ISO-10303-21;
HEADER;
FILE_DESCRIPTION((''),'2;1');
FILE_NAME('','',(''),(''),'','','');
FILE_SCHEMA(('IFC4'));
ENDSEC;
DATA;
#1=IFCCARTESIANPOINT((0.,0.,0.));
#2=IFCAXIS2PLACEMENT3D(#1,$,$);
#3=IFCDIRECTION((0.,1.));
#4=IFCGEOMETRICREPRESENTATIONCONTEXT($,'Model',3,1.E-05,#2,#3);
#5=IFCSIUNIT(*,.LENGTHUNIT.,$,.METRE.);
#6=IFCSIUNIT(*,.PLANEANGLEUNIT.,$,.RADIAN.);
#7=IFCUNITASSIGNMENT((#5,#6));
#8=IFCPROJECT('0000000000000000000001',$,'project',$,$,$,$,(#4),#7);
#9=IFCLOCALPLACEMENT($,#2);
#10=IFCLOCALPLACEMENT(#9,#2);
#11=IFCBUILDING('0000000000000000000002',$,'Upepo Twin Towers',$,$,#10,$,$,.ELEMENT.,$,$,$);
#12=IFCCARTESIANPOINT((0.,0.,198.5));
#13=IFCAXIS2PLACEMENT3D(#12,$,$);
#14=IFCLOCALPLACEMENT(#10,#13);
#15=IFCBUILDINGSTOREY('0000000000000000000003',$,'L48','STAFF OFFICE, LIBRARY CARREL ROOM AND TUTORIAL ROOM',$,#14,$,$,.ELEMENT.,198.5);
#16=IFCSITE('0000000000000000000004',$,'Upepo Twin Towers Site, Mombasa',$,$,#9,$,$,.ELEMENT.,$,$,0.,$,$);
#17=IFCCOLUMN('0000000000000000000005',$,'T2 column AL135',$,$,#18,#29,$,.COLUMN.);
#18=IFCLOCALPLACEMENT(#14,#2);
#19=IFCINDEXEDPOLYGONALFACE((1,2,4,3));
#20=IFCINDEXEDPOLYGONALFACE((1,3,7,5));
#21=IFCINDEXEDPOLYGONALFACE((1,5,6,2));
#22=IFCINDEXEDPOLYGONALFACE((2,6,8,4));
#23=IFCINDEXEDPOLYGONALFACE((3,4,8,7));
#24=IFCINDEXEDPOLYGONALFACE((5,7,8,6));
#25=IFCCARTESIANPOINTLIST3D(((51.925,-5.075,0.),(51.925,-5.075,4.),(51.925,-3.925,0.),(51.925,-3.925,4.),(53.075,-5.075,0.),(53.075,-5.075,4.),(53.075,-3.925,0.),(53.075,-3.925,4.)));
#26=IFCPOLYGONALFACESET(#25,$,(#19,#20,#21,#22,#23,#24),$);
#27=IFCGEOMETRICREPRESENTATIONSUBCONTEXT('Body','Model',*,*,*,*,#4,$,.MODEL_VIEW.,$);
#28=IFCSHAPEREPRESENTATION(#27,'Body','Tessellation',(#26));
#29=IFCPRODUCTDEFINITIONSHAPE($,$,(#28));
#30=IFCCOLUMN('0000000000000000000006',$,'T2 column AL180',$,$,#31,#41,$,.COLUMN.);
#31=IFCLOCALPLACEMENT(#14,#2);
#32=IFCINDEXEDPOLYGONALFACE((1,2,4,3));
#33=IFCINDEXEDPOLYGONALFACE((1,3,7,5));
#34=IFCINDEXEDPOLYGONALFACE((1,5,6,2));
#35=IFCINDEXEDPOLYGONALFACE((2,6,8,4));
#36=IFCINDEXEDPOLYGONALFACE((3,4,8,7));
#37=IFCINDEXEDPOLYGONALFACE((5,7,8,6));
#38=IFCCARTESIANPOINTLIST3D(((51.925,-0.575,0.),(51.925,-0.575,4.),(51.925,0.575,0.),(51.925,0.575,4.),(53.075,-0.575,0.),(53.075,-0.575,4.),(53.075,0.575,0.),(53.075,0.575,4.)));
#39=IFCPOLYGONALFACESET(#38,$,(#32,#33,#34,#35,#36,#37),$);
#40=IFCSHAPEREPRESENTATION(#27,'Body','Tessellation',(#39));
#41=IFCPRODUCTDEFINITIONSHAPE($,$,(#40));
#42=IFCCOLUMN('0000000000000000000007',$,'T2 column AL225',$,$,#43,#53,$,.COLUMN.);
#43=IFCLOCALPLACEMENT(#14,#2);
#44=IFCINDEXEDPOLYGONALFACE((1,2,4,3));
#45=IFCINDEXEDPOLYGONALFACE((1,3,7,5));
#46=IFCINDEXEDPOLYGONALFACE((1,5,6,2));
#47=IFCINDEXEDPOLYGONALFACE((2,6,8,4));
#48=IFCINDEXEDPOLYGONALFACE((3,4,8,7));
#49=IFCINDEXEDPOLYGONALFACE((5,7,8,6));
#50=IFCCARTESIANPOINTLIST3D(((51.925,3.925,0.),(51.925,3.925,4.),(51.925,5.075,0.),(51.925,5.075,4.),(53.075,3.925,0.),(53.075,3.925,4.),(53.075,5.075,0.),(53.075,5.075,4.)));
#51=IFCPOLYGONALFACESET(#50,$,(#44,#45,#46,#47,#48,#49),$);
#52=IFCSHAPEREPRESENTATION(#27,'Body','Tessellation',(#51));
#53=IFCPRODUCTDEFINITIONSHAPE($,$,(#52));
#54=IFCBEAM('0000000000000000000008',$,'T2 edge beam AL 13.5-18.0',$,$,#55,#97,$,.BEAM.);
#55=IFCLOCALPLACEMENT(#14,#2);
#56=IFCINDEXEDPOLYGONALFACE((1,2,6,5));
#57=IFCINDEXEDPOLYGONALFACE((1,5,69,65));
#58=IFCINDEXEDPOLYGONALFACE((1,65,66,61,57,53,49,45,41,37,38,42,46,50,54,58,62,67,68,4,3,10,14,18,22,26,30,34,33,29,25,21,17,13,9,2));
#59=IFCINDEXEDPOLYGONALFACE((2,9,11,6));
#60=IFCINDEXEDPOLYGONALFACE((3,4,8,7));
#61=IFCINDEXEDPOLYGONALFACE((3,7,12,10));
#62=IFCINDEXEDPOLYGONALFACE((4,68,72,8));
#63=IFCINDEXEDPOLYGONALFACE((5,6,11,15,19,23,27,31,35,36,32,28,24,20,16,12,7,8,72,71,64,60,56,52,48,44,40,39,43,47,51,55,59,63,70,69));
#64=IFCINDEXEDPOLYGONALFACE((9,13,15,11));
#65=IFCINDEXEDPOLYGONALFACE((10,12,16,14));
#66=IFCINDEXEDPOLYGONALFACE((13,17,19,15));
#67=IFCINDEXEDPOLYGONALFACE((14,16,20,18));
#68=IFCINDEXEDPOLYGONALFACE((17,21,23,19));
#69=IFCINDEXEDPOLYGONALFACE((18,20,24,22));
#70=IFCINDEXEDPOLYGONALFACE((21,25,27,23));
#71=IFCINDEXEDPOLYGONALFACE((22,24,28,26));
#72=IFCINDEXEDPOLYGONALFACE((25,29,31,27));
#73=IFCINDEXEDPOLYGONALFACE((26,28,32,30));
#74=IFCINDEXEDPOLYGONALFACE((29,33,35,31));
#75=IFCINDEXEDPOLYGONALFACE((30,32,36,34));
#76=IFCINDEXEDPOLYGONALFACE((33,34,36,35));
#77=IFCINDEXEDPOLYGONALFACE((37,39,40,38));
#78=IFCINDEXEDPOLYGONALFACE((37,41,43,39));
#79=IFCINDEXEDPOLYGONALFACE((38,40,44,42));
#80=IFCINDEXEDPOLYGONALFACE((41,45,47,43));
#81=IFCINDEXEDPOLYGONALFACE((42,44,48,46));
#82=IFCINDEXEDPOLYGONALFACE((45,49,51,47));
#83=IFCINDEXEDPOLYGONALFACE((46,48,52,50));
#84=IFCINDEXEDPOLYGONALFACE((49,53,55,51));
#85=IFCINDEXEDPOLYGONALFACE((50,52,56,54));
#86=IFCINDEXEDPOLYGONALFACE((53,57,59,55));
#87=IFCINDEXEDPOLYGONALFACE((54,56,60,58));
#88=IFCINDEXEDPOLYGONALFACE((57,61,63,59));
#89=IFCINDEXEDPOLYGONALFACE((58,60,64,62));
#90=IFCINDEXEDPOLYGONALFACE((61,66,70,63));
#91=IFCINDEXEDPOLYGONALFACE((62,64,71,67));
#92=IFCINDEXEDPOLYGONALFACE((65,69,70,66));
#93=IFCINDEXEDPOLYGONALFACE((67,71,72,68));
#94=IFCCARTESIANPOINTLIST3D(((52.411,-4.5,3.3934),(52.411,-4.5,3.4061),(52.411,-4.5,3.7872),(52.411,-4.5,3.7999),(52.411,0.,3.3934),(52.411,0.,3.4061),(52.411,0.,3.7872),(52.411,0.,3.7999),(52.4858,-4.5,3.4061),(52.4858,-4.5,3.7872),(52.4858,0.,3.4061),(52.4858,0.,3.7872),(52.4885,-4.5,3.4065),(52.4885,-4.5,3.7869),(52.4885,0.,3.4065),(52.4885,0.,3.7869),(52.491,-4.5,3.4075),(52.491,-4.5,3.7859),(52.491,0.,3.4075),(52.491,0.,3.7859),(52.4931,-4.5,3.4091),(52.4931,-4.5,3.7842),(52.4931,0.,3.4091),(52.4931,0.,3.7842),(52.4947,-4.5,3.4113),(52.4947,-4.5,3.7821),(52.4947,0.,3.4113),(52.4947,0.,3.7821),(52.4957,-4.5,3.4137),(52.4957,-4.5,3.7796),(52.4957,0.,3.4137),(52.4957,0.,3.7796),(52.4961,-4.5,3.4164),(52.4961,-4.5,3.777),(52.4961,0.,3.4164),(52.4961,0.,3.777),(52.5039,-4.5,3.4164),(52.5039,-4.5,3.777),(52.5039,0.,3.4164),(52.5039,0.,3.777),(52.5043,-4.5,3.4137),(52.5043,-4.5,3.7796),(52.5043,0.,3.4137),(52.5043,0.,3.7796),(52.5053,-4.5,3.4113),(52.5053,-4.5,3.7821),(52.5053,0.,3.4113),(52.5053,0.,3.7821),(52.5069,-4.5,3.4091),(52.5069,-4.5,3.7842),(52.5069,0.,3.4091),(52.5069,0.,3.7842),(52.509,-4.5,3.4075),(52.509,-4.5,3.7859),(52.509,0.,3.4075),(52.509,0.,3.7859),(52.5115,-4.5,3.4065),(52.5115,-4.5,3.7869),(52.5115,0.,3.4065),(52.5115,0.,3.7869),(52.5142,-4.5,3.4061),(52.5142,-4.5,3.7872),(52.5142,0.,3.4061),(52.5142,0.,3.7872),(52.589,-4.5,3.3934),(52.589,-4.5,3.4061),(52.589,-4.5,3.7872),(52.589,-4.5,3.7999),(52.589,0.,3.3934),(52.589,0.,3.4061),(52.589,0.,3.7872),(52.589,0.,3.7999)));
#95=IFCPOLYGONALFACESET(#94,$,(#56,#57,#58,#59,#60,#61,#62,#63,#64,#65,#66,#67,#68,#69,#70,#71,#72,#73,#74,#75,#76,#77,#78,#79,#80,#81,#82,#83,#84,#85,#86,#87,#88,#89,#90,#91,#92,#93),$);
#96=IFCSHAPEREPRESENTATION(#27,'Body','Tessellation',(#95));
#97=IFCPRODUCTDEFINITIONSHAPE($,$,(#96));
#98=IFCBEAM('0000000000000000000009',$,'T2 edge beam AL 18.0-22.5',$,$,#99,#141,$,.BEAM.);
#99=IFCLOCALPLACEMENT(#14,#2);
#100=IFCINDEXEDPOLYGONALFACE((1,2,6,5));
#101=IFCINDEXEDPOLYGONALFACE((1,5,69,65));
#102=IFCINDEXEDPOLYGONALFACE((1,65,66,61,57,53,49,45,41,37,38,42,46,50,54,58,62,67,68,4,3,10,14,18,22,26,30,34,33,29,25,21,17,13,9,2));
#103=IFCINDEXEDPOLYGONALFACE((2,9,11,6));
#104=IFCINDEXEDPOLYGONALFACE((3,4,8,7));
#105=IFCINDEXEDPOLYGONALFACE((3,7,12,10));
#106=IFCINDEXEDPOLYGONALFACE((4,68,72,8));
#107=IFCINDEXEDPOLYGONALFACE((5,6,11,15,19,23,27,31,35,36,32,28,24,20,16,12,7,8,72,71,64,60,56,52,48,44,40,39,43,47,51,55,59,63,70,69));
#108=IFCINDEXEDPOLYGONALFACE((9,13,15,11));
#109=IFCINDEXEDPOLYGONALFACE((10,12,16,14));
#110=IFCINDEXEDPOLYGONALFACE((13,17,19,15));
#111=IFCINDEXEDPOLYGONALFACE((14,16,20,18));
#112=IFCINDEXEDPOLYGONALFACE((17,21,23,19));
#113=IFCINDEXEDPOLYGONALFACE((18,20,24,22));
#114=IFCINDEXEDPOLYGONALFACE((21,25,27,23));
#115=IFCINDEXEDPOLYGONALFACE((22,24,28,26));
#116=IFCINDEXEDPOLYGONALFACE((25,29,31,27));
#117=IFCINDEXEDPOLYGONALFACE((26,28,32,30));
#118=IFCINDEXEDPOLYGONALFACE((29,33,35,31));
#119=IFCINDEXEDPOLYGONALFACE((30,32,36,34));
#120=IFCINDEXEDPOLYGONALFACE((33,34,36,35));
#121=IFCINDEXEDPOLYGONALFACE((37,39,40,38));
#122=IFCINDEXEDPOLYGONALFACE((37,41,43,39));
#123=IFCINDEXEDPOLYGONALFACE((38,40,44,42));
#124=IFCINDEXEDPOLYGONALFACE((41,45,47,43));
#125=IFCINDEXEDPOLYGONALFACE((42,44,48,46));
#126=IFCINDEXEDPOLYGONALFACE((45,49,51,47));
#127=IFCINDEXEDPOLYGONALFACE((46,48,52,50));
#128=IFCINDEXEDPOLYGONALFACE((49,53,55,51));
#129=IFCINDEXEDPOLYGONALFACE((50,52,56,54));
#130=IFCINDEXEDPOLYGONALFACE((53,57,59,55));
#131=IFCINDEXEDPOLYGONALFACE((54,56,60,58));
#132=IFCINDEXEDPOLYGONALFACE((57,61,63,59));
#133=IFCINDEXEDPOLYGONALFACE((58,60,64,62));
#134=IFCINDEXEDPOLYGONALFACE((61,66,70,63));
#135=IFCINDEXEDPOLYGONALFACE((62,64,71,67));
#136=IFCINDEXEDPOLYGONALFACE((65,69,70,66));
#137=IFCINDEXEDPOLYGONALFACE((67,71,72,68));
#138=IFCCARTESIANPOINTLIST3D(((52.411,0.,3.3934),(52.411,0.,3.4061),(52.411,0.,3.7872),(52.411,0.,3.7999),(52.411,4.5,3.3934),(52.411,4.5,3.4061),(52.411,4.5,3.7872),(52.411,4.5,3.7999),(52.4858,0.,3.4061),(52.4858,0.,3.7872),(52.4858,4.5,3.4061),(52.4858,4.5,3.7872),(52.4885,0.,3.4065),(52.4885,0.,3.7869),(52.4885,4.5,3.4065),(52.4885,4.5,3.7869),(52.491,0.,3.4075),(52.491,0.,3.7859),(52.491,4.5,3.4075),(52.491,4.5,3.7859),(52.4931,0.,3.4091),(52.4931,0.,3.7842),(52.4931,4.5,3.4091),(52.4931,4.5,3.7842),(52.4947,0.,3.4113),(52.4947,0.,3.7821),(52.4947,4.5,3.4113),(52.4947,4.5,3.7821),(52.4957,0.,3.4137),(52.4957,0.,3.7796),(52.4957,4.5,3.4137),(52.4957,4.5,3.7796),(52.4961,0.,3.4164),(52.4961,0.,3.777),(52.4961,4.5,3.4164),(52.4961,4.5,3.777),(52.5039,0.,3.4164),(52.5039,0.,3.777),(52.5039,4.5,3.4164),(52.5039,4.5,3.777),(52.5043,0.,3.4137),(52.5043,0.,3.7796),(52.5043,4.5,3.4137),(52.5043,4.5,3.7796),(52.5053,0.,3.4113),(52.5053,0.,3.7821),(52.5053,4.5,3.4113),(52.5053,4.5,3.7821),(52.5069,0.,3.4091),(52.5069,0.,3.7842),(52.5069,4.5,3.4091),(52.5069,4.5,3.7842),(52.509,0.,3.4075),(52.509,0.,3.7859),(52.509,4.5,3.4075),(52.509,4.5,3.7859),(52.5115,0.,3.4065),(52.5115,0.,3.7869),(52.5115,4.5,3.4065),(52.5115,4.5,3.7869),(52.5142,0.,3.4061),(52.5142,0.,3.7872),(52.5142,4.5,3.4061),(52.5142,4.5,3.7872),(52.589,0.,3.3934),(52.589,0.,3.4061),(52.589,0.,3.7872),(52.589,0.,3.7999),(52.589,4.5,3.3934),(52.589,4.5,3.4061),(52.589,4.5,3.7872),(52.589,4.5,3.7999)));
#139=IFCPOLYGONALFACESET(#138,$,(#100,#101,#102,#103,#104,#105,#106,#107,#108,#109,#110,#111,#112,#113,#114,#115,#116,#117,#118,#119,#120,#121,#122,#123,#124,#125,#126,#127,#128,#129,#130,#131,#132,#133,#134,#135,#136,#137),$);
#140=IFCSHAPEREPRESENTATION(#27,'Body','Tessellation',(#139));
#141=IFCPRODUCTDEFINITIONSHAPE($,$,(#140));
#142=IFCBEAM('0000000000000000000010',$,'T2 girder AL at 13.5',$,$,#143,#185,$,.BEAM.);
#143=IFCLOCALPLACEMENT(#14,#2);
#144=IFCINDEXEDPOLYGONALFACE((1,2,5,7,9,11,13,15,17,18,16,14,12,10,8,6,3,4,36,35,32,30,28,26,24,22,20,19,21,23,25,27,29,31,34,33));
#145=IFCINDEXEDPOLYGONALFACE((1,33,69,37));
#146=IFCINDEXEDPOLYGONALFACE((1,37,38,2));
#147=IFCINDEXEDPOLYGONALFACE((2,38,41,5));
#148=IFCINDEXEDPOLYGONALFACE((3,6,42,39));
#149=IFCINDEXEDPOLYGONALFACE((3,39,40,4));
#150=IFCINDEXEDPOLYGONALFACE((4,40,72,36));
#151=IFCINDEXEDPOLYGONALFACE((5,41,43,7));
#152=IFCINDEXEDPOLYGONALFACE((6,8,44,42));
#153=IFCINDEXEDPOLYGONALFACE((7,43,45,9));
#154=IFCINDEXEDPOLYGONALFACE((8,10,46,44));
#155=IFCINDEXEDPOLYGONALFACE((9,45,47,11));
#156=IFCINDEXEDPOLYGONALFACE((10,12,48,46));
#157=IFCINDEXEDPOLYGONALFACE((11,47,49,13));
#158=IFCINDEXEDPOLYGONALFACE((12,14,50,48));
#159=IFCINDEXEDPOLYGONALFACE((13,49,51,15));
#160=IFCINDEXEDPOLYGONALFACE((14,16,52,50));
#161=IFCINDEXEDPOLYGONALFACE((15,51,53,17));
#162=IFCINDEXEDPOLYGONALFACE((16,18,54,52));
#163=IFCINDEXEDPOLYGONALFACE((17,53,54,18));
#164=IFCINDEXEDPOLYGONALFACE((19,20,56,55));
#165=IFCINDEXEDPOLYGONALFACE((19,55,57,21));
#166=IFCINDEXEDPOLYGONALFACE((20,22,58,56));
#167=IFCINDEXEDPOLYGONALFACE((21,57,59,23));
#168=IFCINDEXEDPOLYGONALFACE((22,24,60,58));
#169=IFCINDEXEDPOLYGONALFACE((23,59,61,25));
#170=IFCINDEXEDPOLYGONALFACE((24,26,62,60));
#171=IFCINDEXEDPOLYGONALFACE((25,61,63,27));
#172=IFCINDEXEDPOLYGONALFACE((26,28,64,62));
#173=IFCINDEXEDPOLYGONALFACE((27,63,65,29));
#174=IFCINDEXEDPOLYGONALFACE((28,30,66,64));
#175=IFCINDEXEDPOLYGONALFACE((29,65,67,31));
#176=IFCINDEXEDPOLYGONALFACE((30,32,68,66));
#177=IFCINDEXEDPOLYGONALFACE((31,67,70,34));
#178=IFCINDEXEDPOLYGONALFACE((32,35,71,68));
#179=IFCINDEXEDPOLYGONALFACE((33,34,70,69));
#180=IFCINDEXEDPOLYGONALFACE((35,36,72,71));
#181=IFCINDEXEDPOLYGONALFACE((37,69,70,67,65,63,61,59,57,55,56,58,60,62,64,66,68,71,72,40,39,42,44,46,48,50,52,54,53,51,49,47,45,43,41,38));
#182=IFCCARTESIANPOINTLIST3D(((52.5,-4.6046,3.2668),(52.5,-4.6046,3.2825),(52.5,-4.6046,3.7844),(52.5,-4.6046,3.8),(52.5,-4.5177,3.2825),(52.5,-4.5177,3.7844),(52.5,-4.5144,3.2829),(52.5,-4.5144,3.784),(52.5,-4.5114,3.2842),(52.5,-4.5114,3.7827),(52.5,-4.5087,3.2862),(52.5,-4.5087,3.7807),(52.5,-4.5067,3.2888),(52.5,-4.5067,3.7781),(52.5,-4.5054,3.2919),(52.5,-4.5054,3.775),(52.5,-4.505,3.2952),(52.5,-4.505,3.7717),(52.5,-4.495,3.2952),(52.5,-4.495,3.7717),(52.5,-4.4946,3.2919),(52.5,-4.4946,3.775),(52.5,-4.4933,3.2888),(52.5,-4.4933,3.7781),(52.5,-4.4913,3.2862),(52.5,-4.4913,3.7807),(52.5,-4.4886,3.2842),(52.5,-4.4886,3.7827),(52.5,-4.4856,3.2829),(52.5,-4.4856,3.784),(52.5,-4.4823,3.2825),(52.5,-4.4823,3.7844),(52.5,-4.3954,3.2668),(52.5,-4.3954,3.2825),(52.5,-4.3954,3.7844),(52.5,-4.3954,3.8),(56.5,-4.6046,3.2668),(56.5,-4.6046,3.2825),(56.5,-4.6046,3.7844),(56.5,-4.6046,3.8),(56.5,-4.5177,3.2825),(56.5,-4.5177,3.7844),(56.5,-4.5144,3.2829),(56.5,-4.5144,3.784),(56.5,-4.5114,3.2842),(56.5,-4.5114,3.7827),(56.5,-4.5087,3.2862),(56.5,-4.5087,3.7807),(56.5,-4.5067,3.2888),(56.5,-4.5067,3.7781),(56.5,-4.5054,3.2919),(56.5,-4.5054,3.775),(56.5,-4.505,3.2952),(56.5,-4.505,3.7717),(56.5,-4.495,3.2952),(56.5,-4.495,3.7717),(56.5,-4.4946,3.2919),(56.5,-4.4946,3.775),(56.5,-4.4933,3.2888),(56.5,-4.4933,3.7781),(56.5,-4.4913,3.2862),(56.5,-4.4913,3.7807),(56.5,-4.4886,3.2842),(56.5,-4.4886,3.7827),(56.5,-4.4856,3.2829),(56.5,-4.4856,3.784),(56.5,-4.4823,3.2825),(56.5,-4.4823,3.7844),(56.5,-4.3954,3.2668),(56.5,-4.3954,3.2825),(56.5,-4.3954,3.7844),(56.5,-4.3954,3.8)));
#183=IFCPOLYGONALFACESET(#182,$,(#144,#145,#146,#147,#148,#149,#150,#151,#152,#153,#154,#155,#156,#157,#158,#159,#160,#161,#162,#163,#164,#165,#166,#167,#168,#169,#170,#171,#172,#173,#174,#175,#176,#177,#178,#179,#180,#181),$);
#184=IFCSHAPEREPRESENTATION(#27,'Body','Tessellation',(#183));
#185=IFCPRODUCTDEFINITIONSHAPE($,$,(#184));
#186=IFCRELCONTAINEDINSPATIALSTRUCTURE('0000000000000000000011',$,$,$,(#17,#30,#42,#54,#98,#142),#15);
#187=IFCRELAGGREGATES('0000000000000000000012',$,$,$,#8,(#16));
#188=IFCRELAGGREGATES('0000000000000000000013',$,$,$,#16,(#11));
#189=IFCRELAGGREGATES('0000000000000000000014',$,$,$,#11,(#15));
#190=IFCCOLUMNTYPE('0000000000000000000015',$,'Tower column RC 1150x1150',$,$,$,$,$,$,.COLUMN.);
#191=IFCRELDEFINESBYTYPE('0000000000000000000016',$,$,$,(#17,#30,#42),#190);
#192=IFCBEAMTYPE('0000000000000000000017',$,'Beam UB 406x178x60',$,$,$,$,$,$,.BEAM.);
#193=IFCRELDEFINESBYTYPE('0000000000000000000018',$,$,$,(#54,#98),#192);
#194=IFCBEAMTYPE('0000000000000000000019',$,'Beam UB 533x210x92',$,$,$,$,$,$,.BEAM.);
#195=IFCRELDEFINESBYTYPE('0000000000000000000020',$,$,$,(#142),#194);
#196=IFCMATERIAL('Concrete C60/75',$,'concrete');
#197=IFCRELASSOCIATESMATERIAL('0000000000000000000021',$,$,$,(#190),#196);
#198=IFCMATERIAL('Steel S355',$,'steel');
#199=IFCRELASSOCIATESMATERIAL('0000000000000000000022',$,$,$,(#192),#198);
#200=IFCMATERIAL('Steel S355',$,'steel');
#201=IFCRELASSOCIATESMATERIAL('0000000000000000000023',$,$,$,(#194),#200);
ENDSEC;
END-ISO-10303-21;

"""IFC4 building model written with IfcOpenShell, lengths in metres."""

from ifc_helpers import new_model, si_unit, direction, frame, origin, origin_2d, place, context, subcontext, project, spatial, rectangle, i_section, extrude, material, material_profile, profile_set, type_object, element, save


model = new_model("IFC4")

# Units and contexts
model_context = context("Model", 3, precision=1e-05, world=origin(), true_north=direction((0.0, 1.0)))
body_context = subcontext(model_context, "Body", "Model", "MODEL_VIEW")
ifc_project = project(units=[si_unit("LENGTHUNIT", "METRE"), si_unit("PLANEANGLEUNIT", "RADIAN")], contexts=[model_context])

# Site, building, storey
site_placement = place(None, origin())
site = spatial("IfcSite", under=ifc_project, at=site_placement, Name="Upepo Twin Towers Site, Mombasa", CompositionType="ELEMENT", RefElevation=0.0)
building_placement = place(site_placement, origin())
building = spatial("IfcBuilding", under=site, at=building_placement, Name="Upepo Twin Towers", CompositionType="ELEMENT")
storey_placement = place(building_placement, frame((0.0, 0.0, 198.5)))
storey = spatial("IfcBuildingStorey", under=building, at=storey_placement, Name="L48", Description="STAFF OFFICE, LIBRARY CARREL ROOM AND TUTORIAL ROOM", CompositionType="ELEMENT", Elevation=198.5)

# Columns
ifc_material_1 = material(Name="Concrete C60/75", Category="concrete")
ifc_material_profile_1 = material_profile(ifc_material_1, rectangle(XDim=1.1499, YDim=1.1499, at=origin_2d()), Name="RC 1150x1150")
ifc_profile_set_1 = profile_set([ifc_material_profile_1], Name="Concrete C60/75")
column_type = type_object("IfcColumnType", Name="Tower column RC 1150x1150", PredefinedType="COLUMN", material=ifc_profile_set_1)
for number, where, z_axis, x_axis, name in (
    (1, (52.5, -4.5, 0.0), (0.0, 0.0, 1.0), (1.0, 0.0, 0.0), "T2 column AL135"),
    (2, (52.5, 0.0, 0.0), (0.0, 0.0, 1.0), (1.0, 0.0, 0.0), "T2 column AL180"),
    (3, (52.5, 4.5, 0.0), (0.0, 0.0, 1.0), (1.0, 0.0, 0.0), "T2 column AL225"),
):
    element("IfcColumn", number, at=place(storey_placement, frame(where, z_axis=z_axis, x_axis=x_axis)), inside=storey, type_object=column_type, Name=name, PredefinedType="COLUMN", context=body_context, shape_type="SweptSolid", body=[
        extrude(rectangle(XDim=1.1499, YDim=1.1499, at=origin_2d()), origin(), (0.0, 0.0, 1.0), 4.0),
    ])

# Beams
ifc_material_2 = material(Name="Steel S355", Category="steel")
ifc_material_profile_2 = material_profile(ifc_material_2, i_section(OverallWidth=0.178, OverallDepth=0.4065, WebThickness=0.0078, FlangeThickness=0.0127, FilletRadius=0.0103, at=origin_2d()), Name="UB 406x178x60")
ifc_profile_set_2 = profile_set([ifc_material_profile_2], Name="Steel S355")
beam_type_1 = type_object("IfcBeamType", Name="Beam UB 406x178x60", PredefinedType="BEAM", material=ifc_profile_set_2)
for number, where, z_axis, x_axis, name in (
    (4, (52.5, -4.5, 3.5967), (0.0, 1.0, 0.0), (-1.0, 0.0, 0.0), "T2 edge beam AL 13.5-18.0"),
    (5, (52.5, 0.0, 3.5967), (0.0, 1.0, 0.0), (-1.0, 0.0, 0.0), "T2 edge beam AL 18.0-22.5"),
):
    element("IfcBeam", number, at=place(storey_placement, frame(where, z_axis=z_axis, x_axis=x_axis)), inside=storey, type_object=beam_type_1, Name=name, PredefinedType="BEAM", context=body_context, shape_type="SweptSolid", body=[
        extrude(i_section(OverallWidth=0.178, OverallDepth=0.4065, WebThickness=0.0078, FlangeThickness=0.0127, FilletRadius=0.0103, at=origin_2d()), origin(), (0.0, 0.0, 1.0), 4.5),
    ])
ifc_material_3 = material(Name="Steel S355", Category="steel")
ifc_material_profile_3 = material_profile(ifc_material_3, i_section(OverallWidth=0.2092, OverallDepth=0.5332, WebThickness=0.01, FlangeThickness=0.0156, FilletRadius=0.0127, at=origin_2d()), Name="UB 533x210x92")
ifc_profile_set_3 = profile_set([ifc_material_profile_3], Name="Steel S355")
beam_type_2 = type_object("IfcBeamType", Name="Beam UB 533x210x92", PredefinedType="BEAM", material=ifc_profile_set_3)
for number, where, z_axis, x_axis, name in (
    (6, (52.5, -4.5, 3.5334), (1.0, 0.0, 0.0), (0.0, 1.0, 0.0), "T2 girder AL at 13.5"),
):
    element("IfcBeam", number, at=place(storey_placement, frame(where, z_axis=z_axis, x_axis=x_axis)), inside=storey, type_object=beam_type_2, Name=name, PredefinedType="BEAM", context=body_context, shape_type="SweptSolid", body=[
        extrude(i_section(OverallWidth=0.2092, OverallDepth=0.5332, WebThickness=0.01, FlangeThickness=0.0156, FilletRadius=0.0127, at=origin_2d()), origin(), (0.0, 0.0, 1.0), 4.0),
    ])

save(model, "model.ifc")
